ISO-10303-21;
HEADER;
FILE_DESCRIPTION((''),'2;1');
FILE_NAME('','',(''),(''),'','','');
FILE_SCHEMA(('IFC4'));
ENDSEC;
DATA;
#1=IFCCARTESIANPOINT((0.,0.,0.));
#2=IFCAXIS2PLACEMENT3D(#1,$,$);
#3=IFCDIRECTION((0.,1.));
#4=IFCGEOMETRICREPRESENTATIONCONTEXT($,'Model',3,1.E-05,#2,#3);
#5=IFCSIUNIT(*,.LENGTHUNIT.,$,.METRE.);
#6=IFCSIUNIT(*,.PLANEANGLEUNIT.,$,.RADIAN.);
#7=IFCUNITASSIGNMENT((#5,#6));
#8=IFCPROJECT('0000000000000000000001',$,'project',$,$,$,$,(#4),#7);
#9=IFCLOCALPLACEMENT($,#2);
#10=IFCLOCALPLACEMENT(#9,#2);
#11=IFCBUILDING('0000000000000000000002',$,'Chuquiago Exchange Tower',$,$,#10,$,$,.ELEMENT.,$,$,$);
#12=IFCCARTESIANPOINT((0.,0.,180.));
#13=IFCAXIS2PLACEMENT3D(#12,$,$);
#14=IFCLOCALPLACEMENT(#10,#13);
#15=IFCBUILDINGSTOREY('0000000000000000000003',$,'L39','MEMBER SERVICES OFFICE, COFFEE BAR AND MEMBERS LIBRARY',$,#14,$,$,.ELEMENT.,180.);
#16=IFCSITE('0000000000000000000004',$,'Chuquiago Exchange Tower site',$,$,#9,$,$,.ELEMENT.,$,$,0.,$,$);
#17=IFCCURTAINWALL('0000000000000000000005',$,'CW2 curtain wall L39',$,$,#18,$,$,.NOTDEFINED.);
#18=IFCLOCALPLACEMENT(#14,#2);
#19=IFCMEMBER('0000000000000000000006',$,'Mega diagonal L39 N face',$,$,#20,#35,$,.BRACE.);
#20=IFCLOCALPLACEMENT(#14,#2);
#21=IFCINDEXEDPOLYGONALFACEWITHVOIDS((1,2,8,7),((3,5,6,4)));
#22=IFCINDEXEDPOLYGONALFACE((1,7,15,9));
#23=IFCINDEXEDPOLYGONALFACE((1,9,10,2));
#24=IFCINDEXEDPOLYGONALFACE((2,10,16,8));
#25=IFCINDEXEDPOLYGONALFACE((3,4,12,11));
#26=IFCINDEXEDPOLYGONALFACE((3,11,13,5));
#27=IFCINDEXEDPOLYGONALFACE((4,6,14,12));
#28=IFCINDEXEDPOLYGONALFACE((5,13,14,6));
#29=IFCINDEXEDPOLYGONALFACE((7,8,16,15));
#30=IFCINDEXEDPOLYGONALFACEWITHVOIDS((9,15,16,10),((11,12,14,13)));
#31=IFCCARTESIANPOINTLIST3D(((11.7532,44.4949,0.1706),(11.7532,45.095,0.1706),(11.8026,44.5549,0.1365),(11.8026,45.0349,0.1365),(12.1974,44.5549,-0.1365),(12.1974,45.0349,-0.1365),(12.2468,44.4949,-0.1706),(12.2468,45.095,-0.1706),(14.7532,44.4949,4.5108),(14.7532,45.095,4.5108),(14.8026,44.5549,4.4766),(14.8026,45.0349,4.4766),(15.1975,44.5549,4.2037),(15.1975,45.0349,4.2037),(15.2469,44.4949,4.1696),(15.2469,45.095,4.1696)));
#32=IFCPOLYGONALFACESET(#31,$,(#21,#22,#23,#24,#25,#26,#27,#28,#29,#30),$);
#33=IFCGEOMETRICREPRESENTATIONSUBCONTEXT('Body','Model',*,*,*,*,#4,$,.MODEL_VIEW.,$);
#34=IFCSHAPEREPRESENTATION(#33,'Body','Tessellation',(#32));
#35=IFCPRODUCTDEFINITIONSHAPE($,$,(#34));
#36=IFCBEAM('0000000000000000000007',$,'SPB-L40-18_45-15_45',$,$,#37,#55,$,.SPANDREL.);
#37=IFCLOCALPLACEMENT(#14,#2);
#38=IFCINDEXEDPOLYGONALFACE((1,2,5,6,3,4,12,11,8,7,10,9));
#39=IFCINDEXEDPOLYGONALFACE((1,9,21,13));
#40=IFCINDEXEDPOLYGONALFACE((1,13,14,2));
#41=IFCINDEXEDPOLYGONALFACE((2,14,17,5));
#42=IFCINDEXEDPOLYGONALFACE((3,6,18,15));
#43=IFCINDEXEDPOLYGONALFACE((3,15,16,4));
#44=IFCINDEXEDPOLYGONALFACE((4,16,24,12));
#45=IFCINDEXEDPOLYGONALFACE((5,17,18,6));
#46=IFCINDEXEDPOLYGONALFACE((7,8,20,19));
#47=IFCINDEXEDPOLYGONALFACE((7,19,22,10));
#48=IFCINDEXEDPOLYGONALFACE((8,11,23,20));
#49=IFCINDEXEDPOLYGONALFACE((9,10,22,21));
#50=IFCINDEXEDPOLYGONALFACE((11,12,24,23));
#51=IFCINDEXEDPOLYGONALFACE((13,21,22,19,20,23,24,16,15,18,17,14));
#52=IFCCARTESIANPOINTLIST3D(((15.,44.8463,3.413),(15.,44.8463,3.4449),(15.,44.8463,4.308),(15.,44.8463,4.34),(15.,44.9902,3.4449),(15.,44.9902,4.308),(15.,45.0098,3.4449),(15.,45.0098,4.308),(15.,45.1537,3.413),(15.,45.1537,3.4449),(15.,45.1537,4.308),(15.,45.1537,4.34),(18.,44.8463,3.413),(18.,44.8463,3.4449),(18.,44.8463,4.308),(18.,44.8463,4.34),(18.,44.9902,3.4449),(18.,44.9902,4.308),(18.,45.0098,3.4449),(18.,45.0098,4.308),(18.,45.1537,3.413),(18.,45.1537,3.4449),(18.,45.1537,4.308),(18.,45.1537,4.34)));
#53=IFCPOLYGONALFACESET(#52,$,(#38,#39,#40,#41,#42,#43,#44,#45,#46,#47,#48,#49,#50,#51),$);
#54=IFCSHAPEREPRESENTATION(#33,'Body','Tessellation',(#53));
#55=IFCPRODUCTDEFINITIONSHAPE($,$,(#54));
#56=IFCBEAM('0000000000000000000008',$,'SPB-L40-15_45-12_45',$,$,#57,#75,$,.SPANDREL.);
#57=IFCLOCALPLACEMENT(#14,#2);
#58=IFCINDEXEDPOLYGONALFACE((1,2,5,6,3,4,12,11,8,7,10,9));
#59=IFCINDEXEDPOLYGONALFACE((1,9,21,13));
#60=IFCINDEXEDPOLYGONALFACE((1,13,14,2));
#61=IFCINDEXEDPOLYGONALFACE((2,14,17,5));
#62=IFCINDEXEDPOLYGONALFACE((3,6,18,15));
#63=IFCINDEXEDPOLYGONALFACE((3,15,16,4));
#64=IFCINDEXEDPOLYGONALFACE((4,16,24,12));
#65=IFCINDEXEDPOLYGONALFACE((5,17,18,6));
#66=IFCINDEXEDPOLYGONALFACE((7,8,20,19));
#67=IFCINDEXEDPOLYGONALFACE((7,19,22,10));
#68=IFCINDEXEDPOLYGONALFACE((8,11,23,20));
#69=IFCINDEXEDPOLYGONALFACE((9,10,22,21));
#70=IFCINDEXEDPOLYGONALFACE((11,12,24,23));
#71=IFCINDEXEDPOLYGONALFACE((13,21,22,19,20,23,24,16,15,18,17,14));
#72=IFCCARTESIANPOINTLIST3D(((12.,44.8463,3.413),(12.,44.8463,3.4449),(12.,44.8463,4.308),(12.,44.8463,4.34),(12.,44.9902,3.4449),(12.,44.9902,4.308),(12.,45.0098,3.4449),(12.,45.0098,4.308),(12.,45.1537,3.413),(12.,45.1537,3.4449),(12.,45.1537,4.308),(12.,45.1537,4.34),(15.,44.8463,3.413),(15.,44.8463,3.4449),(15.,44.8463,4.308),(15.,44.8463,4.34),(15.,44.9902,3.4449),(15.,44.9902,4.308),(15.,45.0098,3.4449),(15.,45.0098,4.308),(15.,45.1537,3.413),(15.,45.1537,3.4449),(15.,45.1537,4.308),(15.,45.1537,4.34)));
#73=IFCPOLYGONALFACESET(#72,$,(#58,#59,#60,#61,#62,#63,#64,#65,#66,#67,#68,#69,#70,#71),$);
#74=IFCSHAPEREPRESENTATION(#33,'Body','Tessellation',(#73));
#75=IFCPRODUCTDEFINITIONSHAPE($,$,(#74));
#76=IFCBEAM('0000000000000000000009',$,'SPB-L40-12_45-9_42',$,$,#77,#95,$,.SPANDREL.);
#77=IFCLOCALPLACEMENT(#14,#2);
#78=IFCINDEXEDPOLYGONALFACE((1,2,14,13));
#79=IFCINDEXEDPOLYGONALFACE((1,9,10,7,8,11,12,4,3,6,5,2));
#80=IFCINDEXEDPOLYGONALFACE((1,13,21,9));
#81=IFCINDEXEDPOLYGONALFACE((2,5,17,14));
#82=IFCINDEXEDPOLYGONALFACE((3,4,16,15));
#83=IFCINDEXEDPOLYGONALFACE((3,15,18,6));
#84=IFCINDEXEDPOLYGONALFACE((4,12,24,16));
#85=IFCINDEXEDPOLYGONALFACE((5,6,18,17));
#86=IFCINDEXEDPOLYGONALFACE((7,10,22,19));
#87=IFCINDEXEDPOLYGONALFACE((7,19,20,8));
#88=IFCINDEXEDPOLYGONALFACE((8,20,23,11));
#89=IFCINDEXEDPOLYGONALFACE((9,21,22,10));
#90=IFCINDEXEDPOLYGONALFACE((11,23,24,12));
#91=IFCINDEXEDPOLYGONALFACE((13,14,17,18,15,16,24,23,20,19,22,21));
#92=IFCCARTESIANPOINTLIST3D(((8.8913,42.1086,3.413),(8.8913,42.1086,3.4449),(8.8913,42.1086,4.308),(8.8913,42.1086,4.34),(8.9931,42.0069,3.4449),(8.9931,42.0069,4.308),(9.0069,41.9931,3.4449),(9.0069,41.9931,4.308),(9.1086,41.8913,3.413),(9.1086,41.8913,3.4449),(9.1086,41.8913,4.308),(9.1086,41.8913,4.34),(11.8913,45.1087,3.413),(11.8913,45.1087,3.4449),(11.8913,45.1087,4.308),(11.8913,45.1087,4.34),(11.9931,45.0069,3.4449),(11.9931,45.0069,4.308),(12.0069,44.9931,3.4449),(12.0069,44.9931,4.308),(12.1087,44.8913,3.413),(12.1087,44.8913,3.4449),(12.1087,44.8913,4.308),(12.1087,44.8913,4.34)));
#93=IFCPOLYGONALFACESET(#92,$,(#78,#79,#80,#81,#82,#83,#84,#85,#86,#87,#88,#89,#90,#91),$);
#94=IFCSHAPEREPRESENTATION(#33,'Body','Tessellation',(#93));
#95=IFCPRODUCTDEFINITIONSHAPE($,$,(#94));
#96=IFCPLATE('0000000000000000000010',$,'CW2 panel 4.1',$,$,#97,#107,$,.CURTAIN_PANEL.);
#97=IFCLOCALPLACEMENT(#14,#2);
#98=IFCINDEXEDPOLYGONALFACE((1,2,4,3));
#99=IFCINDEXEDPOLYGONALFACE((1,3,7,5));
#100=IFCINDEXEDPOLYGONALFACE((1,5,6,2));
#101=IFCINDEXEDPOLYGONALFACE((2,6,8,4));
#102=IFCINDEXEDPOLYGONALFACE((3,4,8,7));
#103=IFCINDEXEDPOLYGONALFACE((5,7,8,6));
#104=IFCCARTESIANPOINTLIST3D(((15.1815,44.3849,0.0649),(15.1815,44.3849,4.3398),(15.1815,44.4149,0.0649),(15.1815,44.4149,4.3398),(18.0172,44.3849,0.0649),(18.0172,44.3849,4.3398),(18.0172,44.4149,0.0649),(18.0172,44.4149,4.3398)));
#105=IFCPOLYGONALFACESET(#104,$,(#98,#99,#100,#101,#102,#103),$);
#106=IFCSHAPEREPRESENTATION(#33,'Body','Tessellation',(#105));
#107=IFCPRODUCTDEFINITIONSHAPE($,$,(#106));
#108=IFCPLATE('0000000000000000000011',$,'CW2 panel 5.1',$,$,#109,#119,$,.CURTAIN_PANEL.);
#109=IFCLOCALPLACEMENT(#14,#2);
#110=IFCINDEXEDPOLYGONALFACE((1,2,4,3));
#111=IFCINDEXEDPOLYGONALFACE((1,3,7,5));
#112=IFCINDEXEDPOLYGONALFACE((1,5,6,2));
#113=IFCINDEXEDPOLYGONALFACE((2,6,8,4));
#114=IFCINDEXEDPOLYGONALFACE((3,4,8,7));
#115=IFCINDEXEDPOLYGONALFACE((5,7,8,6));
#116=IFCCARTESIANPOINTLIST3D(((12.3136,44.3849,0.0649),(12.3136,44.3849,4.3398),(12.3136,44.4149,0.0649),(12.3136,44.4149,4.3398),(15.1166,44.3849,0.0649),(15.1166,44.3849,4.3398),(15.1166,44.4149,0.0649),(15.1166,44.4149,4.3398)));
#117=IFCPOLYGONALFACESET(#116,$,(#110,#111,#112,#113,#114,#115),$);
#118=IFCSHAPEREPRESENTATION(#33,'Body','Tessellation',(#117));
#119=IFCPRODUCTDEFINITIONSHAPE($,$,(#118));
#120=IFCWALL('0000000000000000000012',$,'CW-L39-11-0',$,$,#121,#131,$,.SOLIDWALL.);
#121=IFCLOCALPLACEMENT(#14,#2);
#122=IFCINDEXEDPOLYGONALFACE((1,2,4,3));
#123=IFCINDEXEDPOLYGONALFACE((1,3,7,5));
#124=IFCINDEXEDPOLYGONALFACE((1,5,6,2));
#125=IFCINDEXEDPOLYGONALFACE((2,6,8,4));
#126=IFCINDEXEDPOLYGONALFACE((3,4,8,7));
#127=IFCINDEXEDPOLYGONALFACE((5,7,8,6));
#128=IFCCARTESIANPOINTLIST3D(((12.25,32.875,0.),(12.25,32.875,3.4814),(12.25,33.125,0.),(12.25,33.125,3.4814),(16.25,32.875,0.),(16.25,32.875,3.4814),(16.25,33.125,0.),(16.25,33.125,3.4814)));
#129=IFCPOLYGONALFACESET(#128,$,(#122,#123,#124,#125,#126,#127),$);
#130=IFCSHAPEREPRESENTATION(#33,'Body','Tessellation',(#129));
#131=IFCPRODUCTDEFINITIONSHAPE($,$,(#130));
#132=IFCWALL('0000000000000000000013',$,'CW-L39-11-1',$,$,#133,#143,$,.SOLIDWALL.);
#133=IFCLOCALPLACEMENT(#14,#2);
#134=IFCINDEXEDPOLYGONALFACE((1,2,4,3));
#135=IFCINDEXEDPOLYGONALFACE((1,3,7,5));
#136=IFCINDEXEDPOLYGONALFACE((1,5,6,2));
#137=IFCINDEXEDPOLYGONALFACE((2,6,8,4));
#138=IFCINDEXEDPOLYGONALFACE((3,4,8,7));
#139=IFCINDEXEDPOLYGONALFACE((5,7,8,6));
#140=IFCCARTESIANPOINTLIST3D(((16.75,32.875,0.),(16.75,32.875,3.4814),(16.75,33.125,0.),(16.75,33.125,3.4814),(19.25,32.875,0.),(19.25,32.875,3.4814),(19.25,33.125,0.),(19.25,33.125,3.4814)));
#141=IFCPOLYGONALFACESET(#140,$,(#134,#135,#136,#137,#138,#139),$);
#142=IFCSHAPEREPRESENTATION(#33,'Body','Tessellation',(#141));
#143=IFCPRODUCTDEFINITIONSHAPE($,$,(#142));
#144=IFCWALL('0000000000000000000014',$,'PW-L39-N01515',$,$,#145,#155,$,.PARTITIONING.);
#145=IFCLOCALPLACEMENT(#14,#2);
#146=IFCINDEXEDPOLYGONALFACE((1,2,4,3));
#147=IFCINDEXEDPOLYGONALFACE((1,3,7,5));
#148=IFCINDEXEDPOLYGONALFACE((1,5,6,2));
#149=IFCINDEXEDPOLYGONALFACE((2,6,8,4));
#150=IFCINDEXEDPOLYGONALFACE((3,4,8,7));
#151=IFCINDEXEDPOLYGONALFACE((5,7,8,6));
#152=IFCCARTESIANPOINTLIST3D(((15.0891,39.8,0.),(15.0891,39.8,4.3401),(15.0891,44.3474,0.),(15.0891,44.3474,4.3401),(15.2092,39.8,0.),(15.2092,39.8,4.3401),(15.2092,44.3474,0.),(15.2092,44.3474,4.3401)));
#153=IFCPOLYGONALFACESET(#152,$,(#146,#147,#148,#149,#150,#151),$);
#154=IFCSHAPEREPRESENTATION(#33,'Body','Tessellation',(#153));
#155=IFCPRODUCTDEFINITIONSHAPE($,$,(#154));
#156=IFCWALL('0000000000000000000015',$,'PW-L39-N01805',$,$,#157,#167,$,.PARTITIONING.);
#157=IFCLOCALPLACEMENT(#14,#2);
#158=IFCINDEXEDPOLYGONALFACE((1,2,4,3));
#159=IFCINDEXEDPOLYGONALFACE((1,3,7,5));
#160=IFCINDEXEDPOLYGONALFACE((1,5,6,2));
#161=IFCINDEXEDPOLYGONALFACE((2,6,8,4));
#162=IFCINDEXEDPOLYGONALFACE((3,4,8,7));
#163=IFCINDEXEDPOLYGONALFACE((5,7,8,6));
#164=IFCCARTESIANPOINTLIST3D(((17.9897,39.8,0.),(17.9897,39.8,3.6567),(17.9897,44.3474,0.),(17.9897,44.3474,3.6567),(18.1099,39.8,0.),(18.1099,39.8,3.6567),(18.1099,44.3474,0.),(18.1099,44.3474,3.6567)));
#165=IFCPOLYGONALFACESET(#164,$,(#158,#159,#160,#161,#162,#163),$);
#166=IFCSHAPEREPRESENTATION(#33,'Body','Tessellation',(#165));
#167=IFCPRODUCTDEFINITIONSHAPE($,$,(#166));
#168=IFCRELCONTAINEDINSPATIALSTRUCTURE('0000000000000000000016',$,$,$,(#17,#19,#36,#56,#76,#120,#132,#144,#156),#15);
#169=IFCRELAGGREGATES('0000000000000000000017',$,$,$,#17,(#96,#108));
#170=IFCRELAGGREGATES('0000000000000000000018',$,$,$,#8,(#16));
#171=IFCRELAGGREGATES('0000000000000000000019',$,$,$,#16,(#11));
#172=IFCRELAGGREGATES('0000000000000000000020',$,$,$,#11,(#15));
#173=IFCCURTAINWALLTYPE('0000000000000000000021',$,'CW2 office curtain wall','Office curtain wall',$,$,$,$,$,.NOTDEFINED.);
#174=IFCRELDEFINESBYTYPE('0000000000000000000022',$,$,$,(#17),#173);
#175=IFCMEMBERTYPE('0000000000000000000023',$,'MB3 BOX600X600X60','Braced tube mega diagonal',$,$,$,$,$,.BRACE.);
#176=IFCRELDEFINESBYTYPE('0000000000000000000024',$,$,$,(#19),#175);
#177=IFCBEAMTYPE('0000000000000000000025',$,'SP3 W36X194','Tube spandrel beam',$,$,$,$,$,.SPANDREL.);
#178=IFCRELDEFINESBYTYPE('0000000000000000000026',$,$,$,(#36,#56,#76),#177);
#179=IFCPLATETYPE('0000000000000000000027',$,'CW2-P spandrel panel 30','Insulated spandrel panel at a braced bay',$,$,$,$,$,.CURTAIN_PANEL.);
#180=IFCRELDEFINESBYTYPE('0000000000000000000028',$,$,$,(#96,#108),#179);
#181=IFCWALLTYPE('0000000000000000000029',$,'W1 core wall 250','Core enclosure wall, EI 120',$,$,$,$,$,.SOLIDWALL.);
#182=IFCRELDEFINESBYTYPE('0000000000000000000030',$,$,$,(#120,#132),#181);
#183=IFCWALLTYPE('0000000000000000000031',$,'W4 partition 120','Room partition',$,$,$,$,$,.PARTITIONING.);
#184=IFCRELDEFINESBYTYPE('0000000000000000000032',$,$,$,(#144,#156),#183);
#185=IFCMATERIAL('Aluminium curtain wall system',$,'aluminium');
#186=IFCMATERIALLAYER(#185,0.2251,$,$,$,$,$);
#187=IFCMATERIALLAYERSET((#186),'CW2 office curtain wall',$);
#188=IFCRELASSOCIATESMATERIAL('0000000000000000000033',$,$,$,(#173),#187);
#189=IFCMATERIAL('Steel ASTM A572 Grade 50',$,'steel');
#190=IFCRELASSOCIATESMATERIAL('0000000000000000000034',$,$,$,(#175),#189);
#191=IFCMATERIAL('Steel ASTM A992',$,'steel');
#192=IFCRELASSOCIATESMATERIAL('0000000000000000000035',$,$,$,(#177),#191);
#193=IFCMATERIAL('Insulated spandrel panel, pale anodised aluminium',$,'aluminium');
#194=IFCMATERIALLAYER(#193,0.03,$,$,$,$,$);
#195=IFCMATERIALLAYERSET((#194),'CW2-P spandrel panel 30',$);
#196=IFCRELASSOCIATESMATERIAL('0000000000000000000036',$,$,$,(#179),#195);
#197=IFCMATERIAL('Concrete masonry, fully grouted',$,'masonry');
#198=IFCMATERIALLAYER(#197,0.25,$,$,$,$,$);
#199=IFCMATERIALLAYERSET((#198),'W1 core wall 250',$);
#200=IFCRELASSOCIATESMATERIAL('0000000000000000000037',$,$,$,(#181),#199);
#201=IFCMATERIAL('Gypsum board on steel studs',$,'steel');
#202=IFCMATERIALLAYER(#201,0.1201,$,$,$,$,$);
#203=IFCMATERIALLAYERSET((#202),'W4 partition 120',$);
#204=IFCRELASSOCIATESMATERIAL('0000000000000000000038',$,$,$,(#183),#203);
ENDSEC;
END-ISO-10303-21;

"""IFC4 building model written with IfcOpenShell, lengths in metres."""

from ifc_helpers import new_model, si_unit, direction, frame, frame_2d, origin, origin_2d, place, context, subcontext, project, spatial, rectangle, hollow_rectangle, i_section, extrude, material, layer, layer_set, material_profile, profile_set, type_object, element, aggregate, save


model = new_model("IFC4")

# Units and contexts
model_context = context("Model", 3, precision=1e-05, world=origin(), true_north=direction((0.0, 1.0)))
body_context = subcontext(model_context, "Body", "Model", "MODEL_VIEW")
ifc_project = project(units=[si_unit("LENGTHUNIT", "METRE"), si_unit("PLANEANGLEUNIT", "RADIAN")], contexts=[model_context])

# Site, building, storey
site_placement = place(None, origin())
site = spatial("IfcSite", under=ifc_project, at=site_placement, Name="Chuquiago Exchange Tower site", CompositionType="ELEMENT", RefElevation=0.0)
building_placement = place(site_placement, origin())
building = spatial("IfcBuilding", under=site, at=building_placement, Name="Chuquiago Exchange Tower", CompositionType="ELEMENT")
storey_placement = place(building_placement, frame((0.0, 0.0, 180.0)))
storey = spatial("IfcBuildingStorey", under=building, at=storey_placement, Name="L39", Description="MEMBER SERVICES OFFICE, COFFEE BAR AND MEMBERS LIBRARY", CompositionType="ELEMENT", Elevation=180.0)

# Curtain wall
ifc_material_1 = material(Name="Aluminium curtain wall system", Category="aluminium")
ifc_layer_1 = layer(ifc_material_1, 0.2251)
ifc_layer_set_1 = layer_set([ifc_layer_1], Name="CW2 office curtain wall")
curtain_wall_type_1 = type_object("IfcCurtainWallType", Name="CW2 office curtain wall", Description="Office curtain wall", PredefinedType="NOTDEFINED", material=ifc_layer_set_1)
curtain_wall_1_placement = place(storey_placement, origin())
curtain_wall_1 = element("IfcCurtainWall", 1, at=curtain_wall_1_placement, inside=storey, type_object=curtain_wall_type_1, Name="CW2 curtain wall L39", PredefinedType="NOTDEFINED")

# Member
ifc_material_2 = material(Name="Steel ASTM A572 Grade 50", Category="steel")
ifc_material_profile_1 = material_profile(ifc_material_2, hollow_rectangle(XDim=0.6001, YDim=0.6001, WallThickness=0.0601, at=origin_2d()), Name="BOX600X600X60")
ifc_profile_set_1 = profile_set([ifc_material_profile_1], Name="Steel ASTM A572 Grade 50")
member_type_1 = type_object("IfcMemberType", Name="MB3 BOX600X600X60", Description="Braced tube mega diagonal", PredefinedType="BRACE", material=ifc_profile_set_1)
for number, where, z_axis, x_axis, name in (
    (2, (12.0, 44.7949, 0.0), (0.568611, 0.0, 0.822607), (0.0, 1.0, 0.0), "Mega diagonal L39 N face"),
):
    element("IfcMember", number, at=place(storey_placement, frame(where, z_axis=z_axis, x_axis=x_axis)), inside=storey, type_object=member_type_1, Name=name, PredefinedType="BRACE", context=body_context, shape_type="SweptSolid", body=[
        extrude(hollow_rectangle(XDim=0.6001, YDim=0.6001, WallThickness=0.0601, at=origin_2d()), origin(), (0.0, 0.0, 1.0), 5.2761),
    ])

# Beams
ifc_material_3 = material(Name="Steel ASTM A992", Category="steel")
ifc_material_profile_2 = material_profile(ifc_material_3, i_section(OverallWidth=0.3074, OverallDepth=0.927, WebThickness=0.0195, FlangeThickness=0.032, at=origin_2d()), Name="W36X194")
ifc_profile_set_2 = profile_set([ifc_material_profile_2], Name="Steel ASTM A992")
beam_type_1 = type_object("IfcBeamType", Name="SP3 W36X194", Description="Tube spandrel beam", PredefinedType="SPANDREL", material=ifc_profile_set_2)
for number, where, z_axis, x_axis, name in (
    (3, (18.0, 45.0, 3.8765), (-1.0, 0.0, 0.0), (0.0, -1.0, 0.0), "SPB-L40-18_45-15_45"),
    (4, (15.0, 45.0, 3.8765), (-1.0, 0.0, 0.0), (0.0, -1.0, 0.0), "SPB-L40-15_45-12_45"),
):
    element("IfcBeam", number, at=place(storey_placement, frame(where, z_axis=z_axis, x_axis=x_axis)), inside=storey, type_object=beam_type_1, Name=name, PredefinedType="SPANDREL", context=body_context, shape_type="SweptSolid", body=[
        extrude(i_section(OverallWidth=0.3074, OverallDepth=0.927, WebThickness=0.0195, FlangeThickness=0.032, at=origin_2d()), origin(), (0.0, 0.0, 1.0), 3.0),
    ])
beam_1_placement = place(storey_placement, frame((12.0, 45.0, 3.8765), z_axis=(-0.707107, -0.707107, 0.0), x_axis=(0.707107, -0.707107, 0.0)))
element("IfcBeam", 5, at=beam_1_placement, inside=storey, type_object=beam_type_1, Name="SPB-L40-12_45-9_42", PredefinedType="SPANDREL", context=body_context, shape_type="SweptSolid", body=[
    extrude(i_section(OverallWidth=0.3074, OverallDepth=0.927, WebThickness=0.0195, FlangeThickness=0.032, at=origin_2d()), origin(), (0.0, 0.0, 1.0), 4.2427),
])

# Plates
ifc_material_4 = material(Name="Insulated spandrel panel, pale anodised aluminium", Category="aluminium")
ifc_layer_2 = layer(ifc_material_4, 0.03)
ifc_layer_set_2 = layer_set([ifc_layer_2], Name="CW2-P spandrel panel 30")
plate_type = type_object("IfcPlateType", Name="CW2-P spandrel panel 30", Description="Insulated spandrel panel at a braced bay", PredefinedType="CURTAIN_PANEL", material=ifc_layer_set_2)
plate_1_placement = place(storey_placement, frame((16.5994, 44.3999, 0.0649), z_axis=(0.0, 0.0, 1.0), x_axis=(-1.0, 0.0, 0.0)))
plate_1 = element("IfcPlate", 6, at=plate_1_placement, type_object=plate_type, Name="CW2 panel 4.1", PredefinedType="CURTAIN_PANEL", context=body_context, shape_type="SweptSolid", body=[
    extrude(rectangle(XDim=2.8357, YDim=0.03, at=origin_2d()), origin(), (0.0, 0.0, 1.0), 4.2749),
])
plate_2_placement = place(storey_placement, frame((13.7151, 44.3999, 0.0649), z_axis=(0.0, 0.0, 1.0), x_axis=(-1.0, 0.0, 0.0)))
plate_2 = element("IfcPlate", 7, at=plate_2_placement, type_object=plate_type, Name="CW2 panel 5.1", PredefinedType="CURTAIN_PANEL", context=body_context, shape_type="SweptSolid", body=[
    extrude(rectangle(XDim=2.803, YDim=0.03, at=origin_2d()), origin(), (0.0, 0.0, 1.0), 4.2749),
])
aggregate(curtain_wall_1, [plate_1, plate_2])

# Walls
ifc_material_5 = material(Name="Concrete masonry, fully grouted", Category="masonry")
ifc_layer_3 = layer(ifc_material_5, 0.25)
ifc_layer_set_3 = layer_set([ifc_layer_3], Name="W1 core wall 250")
wall_type_1 = type_object("IfcWallType", Name="W1 core wall 250", Description="Core enclosure wall, EI 120", PredefinedType="SOLIDWALL", material=ifc_layer_set_3)
wall_1_placement = place(storey_placement, frame((12.25, 33.0, 0.0), z_axis=(0.0, 0.0, 1.0), x_axis=(1.0, 0.0, 0.0)))
element("IfcWall", 8, at=wall_1_placement, inside=storey, type_object=wall_type_1, Name="CW-L39-11-0", PredefinedType="SOLIDWALL", context=body_context, shape_type="SweptSolid", body=[
    extrude(rectangle(XDim=4.0, YDim=0.25, at=frame_2d((2.0, 0.0))), origin(), (0.0, 0.0, 1.0), 3.4814),
])
wall_2_placement = place(storey_placement, frame((16.75, 33.0, 0.0), z_axis=(0.0, 0.0, 1.0), x_axis=(1.0, 0.0, 0.0)))
element("IfcWall", 9, at=wall_2_placement, inside=storey, type_object=wall_type_1, Name="CW-L39-11-1", PredefinedType="SOLIDWALL", context=body_context, shape_type="SweptSolid", body=[
    extrude(rectangle(XDim=2.5, YDim=0.25, at=frame_2d((1.25, 0.0))), origin(), (0.0, 0.0, 1.0), 3.4814),
])
ifc_material_6 = material(Name="Gypsum board on steel studs", Category="steel")
ifc_layer_4 = layer(ifc_material_6, 0.1201)
ifc_layer_set_4 = layer_set([ifc_layer_4], Name="W4 partition 120")
wall_type_2 = type_object("IfcWallType", Name="W4 partition 120", Description="Room partition", PredefinedType="PARTITIONING", material=ifc_layer_set_4)
wall_3_placement = place(storey_placement, frame((15.1492, 44.3474, 0.0), z_axis=(0.0, 0.0, 1.0), x_axis=(0.0, -1.0, 0.0)))
element("IfcWall", 10, at=wall_3_placement, inside=storey, type_object=wall_type_2, Name="PW-L39-N01515", PredefinedType="PARTITIONING", context=body_context, shape_type="SweptSolid", body=[
    extrude(rectangle(XDim=4.5474, YDim=0.1201, at=frame_2d((2.2737, 0.0))), origin(), (0.0, 0.0, 1.0), 4.3401),
])
wall_4_placement = place(storey_placement, frame((18.0498, 44.3474, 0.0), z_axis=(0.0, 0.0, 1.0), x_axis=(0.0, -1.0, 0.0)))
element("IfcWall", 11, at=wall_4_placement, inside=storey, type_object=wall_type_2, Name="PW-L39-N01805", PredefinedType="PARTITIONING", context=body_context, shape_type="SweptSolid", body=[
    extrude(rectangle(XDim=4.5474, YDim=0.1201, at=frame_2d((2.2737, 0.0))), origin(), (0.0, 0.0, 1.0), 3.6567),
])

save(model, "model.ifc")
